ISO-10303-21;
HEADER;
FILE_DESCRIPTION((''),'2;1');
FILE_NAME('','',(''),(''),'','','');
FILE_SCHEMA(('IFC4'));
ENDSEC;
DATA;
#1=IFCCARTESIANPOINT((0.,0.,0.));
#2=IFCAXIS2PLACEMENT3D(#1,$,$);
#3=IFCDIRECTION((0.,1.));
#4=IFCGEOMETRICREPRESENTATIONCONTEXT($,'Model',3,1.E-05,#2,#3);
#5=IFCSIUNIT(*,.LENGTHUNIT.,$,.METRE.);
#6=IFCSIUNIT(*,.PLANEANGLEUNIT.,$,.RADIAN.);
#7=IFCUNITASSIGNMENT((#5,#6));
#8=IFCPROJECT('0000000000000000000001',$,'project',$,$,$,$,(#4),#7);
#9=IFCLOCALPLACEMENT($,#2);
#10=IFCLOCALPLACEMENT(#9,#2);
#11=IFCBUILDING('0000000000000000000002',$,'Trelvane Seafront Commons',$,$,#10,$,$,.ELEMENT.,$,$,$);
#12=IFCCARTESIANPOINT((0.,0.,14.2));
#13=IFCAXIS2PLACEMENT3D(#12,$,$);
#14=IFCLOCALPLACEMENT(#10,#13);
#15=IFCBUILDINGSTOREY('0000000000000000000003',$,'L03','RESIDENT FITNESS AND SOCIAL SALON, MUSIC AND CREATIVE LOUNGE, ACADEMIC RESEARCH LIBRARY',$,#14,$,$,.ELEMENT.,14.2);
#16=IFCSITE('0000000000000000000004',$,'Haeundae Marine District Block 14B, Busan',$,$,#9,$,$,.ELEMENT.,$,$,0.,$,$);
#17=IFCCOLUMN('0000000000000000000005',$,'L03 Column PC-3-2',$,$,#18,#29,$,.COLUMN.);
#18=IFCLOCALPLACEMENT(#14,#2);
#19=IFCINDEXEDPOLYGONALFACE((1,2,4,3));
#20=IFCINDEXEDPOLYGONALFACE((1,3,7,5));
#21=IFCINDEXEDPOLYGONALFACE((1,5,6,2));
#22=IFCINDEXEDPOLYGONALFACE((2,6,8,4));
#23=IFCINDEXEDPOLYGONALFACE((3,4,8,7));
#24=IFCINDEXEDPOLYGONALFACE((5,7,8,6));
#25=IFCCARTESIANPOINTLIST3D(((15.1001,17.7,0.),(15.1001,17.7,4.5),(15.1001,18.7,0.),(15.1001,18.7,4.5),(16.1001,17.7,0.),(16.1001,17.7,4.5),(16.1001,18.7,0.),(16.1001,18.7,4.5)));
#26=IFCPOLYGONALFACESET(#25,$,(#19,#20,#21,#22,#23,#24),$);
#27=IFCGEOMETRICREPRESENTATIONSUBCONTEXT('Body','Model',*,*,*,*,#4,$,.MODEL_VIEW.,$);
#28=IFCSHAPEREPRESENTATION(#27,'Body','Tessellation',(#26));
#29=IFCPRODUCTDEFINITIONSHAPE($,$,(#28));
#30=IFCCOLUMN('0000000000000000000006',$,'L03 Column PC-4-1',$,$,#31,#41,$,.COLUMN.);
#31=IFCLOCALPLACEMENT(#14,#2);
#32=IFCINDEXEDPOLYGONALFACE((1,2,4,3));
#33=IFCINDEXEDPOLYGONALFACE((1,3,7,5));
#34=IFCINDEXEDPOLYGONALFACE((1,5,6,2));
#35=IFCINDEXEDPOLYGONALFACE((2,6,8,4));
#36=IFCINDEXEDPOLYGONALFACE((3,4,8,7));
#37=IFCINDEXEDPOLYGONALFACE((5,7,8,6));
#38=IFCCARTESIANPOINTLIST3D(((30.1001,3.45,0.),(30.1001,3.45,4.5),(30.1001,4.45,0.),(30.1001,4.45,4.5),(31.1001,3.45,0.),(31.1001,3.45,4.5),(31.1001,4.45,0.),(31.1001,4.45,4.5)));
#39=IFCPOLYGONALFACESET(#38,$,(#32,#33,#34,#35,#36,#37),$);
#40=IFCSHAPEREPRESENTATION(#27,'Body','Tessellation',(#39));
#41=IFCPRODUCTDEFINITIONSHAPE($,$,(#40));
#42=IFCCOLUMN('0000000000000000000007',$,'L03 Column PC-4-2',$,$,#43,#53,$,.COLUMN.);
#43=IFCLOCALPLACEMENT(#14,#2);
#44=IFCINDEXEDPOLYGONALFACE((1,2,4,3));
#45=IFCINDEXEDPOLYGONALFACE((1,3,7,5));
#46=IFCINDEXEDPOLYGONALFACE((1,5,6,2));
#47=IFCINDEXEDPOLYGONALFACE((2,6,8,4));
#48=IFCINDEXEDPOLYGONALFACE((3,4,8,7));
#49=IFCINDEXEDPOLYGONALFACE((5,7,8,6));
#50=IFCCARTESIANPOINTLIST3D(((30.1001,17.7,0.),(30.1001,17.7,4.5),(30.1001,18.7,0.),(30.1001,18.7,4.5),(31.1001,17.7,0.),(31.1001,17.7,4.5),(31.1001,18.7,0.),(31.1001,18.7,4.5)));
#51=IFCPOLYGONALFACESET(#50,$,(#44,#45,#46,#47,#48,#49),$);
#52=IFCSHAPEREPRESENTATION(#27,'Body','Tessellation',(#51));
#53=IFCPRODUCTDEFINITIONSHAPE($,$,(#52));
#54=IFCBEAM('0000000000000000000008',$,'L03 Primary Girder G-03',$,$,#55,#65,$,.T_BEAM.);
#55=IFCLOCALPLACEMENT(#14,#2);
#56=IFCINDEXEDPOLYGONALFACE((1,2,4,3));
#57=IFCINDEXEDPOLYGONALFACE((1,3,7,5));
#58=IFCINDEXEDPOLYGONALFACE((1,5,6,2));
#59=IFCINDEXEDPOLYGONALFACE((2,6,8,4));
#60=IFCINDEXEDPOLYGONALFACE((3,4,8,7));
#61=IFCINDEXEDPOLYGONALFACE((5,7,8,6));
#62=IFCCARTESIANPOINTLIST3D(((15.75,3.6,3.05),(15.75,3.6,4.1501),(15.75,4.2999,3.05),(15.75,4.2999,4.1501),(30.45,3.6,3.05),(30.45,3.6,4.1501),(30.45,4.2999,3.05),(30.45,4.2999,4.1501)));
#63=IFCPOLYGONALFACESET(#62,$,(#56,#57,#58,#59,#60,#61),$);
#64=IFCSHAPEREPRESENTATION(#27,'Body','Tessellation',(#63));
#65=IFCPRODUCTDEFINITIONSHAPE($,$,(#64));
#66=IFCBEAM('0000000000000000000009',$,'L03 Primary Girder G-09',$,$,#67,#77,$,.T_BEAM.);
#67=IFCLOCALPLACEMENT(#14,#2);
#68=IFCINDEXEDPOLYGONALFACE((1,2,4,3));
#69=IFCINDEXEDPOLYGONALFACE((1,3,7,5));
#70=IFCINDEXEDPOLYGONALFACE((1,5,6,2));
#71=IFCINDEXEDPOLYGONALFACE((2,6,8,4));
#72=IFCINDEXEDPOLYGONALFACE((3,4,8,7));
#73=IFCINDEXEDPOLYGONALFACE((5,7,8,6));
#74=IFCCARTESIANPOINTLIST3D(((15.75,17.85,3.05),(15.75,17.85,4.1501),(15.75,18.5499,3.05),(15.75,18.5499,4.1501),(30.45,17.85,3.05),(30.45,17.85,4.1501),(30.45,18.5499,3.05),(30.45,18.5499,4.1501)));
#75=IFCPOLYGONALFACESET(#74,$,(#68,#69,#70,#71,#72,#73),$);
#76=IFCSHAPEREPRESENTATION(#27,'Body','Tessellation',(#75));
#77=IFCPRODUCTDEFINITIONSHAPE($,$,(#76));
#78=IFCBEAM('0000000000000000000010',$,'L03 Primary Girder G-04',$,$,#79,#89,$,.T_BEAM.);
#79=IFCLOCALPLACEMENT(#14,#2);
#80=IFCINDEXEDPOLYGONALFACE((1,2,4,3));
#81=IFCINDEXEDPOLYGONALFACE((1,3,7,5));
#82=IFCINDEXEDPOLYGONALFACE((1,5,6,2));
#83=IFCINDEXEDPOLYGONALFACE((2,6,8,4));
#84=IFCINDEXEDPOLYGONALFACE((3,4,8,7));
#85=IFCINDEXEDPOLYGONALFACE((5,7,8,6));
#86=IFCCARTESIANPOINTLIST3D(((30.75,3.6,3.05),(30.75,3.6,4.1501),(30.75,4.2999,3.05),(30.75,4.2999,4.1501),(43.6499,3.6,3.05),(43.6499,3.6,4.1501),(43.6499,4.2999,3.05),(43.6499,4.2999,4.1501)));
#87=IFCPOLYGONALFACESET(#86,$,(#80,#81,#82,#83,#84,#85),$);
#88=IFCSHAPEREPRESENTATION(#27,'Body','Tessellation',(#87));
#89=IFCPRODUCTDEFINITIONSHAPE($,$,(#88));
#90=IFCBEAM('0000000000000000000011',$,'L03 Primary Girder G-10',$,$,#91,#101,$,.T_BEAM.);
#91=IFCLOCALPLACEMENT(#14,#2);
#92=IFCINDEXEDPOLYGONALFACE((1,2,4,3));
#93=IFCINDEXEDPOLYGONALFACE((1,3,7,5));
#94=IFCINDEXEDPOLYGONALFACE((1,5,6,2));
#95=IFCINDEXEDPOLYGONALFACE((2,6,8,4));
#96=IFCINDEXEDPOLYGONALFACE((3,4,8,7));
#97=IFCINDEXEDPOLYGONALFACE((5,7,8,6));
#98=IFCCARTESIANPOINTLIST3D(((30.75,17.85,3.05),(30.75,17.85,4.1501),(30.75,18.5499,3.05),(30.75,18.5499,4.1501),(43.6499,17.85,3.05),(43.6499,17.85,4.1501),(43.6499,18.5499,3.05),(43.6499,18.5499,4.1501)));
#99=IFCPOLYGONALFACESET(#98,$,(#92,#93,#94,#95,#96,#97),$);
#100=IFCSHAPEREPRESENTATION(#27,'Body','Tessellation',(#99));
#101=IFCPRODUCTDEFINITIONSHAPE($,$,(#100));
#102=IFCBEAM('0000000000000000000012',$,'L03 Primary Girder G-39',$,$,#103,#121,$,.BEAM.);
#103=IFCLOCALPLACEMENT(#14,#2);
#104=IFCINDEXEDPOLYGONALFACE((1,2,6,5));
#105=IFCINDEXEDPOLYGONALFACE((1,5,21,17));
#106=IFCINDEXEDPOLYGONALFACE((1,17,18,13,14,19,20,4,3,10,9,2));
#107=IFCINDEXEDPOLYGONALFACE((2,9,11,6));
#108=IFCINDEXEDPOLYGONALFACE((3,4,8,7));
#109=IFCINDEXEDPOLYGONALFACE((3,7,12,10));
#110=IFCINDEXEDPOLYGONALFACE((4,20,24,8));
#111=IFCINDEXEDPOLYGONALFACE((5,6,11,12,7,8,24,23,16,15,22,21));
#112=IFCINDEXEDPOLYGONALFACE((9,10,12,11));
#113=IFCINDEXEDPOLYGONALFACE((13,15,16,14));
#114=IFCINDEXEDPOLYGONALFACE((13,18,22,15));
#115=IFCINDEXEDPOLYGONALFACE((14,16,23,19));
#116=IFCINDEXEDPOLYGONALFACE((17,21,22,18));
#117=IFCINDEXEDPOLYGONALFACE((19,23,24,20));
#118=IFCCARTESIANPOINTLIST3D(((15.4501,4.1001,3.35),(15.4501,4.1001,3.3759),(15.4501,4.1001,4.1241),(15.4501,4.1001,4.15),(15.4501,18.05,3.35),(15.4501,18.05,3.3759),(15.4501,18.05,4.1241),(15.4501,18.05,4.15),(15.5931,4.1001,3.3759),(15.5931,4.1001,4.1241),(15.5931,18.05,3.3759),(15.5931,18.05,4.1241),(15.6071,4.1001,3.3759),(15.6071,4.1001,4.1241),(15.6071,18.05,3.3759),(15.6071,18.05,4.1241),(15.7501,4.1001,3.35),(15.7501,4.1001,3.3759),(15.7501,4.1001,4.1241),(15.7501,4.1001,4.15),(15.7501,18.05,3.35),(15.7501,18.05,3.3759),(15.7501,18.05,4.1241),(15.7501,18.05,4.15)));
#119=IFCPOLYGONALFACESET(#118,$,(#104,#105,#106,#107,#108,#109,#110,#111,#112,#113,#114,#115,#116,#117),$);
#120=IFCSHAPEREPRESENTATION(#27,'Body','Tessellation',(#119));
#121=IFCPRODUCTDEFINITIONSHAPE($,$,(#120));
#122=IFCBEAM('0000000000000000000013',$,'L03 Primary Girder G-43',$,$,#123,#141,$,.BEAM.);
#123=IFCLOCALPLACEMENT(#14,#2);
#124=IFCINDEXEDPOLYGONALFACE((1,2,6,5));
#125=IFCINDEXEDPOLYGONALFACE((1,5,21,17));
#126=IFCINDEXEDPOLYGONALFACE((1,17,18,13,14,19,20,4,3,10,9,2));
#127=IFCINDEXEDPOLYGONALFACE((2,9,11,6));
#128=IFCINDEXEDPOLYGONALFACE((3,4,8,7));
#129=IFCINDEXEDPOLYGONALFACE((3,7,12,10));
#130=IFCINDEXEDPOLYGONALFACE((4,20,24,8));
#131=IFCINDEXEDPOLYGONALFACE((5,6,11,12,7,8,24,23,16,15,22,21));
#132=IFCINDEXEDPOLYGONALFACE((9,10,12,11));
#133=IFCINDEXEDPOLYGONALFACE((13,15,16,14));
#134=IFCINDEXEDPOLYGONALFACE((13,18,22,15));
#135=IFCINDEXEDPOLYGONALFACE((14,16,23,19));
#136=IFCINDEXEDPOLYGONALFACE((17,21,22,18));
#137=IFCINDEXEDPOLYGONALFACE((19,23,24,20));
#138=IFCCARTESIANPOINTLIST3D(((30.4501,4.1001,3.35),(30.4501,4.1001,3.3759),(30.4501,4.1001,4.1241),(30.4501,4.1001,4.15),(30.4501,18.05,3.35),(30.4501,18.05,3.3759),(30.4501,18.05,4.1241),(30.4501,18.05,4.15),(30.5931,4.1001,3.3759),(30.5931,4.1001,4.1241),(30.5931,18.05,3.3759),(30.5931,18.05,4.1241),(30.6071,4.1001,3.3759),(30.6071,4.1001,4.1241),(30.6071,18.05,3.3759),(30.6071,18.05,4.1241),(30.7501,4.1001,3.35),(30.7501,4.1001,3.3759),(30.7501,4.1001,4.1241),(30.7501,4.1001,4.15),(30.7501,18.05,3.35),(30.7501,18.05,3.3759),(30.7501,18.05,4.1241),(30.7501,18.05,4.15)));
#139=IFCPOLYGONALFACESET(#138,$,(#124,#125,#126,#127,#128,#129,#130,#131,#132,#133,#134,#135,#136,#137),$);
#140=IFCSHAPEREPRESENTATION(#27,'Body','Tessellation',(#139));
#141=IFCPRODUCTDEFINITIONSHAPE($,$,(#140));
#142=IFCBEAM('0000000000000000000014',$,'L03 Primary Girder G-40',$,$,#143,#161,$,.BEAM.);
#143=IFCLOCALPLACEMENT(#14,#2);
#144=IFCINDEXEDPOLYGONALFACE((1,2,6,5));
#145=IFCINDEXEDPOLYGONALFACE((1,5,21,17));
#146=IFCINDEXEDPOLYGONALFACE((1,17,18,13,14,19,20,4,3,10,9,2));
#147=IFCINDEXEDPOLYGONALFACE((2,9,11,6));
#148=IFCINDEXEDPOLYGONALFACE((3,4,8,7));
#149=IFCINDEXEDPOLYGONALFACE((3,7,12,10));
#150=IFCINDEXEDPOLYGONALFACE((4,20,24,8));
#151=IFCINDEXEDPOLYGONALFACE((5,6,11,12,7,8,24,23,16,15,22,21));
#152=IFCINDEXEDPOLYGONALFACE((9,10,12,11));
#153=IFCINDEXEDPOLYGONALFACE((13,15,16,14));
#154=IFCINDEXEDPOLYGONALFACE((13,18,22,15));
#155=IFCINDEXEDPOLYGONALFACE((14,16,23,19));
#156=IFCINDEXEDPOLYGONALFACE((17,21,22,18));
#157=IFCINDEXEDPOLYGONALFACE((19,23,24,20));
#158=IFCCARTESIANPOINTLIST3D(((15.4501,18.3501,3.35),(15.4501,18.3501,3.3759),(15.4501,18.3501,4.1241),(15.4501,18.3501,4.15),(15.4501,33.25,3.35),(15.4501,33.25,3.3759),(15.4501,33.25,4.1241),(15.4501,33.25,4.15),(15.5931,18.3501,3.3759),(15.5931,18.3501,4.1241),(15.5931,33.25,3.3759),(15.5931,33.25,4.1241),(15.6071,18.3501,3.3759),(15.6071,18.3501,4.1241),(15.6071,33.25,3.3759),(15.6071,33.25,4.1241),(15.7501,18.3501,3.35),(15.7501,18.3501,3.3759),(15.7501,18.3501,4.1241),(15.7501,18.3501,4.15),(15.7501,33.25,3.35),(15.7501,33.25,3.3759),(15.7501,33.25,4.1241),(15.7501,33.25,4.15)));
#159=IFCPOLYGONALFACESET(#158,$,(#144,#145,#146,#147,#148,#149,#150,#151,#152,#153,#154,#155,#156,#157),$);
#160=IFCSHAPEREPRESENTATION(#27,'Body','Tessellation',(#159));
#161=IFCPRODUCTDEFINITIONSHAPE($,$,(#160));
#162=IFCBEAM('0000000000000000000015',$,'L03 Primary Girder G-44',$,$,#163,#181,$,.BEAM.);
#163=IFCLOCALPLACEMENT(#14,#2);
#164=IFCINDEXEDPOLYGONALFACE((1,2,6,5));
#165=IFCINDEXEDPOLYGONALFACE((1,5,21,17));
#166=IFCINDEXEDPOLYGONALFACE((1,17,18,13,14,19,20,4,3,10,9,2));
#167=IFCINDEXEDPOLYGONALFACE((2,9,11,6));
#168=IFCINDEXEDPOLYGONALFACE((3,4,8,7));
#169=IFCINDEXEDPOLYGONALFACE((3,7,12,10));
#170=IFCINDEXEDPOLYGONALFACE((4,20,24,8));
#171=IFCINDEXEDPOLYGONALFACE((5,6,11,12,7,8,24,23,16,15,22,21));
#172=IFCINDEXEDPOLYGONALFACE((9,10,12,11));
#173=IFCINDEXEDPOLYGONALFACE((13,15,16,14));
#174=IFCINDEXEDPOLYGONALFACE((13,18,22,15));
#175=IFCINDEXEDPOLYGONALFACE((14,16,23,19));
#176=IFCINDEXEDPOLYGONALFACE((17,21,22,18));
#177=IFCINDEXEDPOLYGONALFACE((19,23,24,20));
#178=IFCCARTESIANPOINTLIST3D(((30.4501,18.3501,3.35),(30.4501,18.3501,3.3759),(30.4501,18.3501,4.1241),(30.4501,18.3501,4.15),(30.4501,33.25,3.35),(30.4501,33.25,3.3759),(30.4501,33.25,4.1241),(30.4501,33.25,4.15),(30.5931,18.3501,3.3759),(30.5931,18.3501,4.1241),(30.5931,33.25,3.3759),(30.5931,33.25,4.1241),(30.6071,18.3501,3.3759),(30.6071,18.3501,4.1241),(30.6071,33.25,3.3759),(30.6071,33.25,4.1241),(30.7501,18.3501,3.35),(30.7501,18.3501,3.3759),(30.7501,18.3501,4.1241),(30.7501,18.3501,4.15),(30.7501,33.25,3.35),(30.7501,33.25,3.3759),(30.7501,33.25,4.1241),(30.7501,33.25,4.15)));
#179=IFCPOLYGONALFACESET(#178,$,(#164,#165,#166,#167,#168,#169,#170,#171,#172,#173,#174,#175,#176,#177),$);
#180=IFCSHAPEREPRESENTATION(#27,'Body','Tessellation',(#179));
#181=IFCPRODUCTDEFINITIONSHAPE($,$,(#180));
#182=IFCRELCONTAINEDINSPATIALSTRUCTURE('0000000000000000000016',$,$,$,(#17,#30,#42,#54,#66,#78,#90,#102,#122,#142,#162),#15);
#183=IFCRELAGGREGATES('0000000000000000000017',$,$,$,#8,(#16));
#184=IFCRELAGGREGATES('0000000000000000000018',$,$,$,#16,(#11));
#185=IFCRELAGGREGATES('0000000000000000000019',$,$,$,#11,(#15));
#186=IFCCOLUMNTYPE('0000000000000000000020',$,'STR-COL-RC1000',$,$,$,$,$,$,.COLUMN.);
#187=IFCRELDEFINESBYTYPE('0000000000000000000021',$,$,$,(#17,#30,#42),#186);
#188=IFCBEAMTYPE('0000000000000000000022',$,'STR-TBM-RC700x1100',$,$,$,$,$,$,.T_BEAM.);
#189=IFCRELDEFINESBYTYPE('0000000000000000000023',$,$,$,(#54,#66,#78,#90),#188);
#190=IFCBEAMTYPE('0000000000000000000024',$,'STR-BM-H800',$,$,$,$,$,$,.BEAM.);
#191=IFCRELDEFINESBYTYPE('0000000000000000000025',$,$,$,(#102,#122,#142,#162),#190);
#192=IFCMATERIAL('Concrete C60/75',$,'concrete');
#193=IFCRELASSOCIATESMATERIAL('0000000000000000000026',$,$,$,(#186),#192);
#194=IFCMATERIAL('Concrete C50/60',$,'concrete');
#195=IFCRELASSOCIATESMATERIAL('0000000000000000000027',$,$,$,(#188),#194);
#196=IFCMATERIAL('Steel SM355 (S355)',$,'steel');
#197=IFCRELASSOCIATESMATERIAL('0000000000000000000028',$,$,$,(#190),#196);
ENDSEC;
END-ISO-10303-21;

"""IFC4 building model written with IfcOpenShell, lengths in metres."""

from ifc_helpers import new_model, si_unit, direction, frame, origin, origin_2d, place, context, subcontext, project, spatial, rectangle, i_section, extrude, source, transform, mapped, material, material_profile, profile_set, type_object, element, save


model = new_model("IFC4")

# Units and contexts
model_context = context("Model", 3, precision=1e-05, world=origin(), true_north=direction((0.0, 1.0)))
body_context = subcontext(model_context, "Body", "Model", "MODEL_VIEW")
ifc_project = project(units=[si_unit("LENGTHUNIT", "METRE"), si_unit("PLANEANGLEUNIT", "RADIAN")], contexts=[model_context])

# Site, building, storey
site_placement = place(None, origin())
site = spatial("IfcSite", under=ifc_project, at=site_placement, Name="Haeundae Marine District Block 14B, Busan", CompositionType="ELEMENT", RefElevation=0.0)
building_placement = place(site_placement, origin())
building = spatial("IfcBuilding", under=site, at=building_placement, Name="Trelvane Seafront Commons", CompositionType="ELEMENT")
storey_placement = place(building_placement, frame((0.0, 0.0, 14.2)))
storey = spatial("IfcBuildingStorey", under=building, at=storey_placement, Name="L03", Description="RESIDENT FITNESS AND SOCIAL SALON, MUSIC AND CREATIVE LOUNGE, ACADEMIC RESEARCH LIBRARY", CompositionType="ELEMENT", Elevation=14.2)

# Columns
ifc_material_1 = material(Name="Concrete C60/75", Category="concrete")
ifc_material_profile_1 = material_profile(ifc_material_1, rectangle(XDim=1.0, YDim=1.0, at=origin_2d()), Name="RC-1000x1000")
ifc_profile_set_1 = profile_set([ifc_material_profile_1], Name="Concrete C60/75")
column_type = type_object("IfcColumnType", Name="STR-COL-RC1000", PredefinedType="COLUMN", material=ifc_profile_set_1)
shared_shape_1 = source(origin(), body_context, "Body", "SweptSolid", [
    extrude(rectangle(XDim=1.0, YDim=1.0, at=origin_2d()), origin(), (0.0, 0.0, 1.0), 4.5),
])
for number, where, z_axis, x_axis, name in (
    (1, (15.6001, 18.2, 0.0), (0.0, 0.0, 1.0), (1.0, 0.0, 0.0), "L03 Column PC-3-2"),
    (2, (30.6001, 3.95, 0.0), (0.0, 0.0, 1.0), (1.0, 0.0, 0.0), "L03 Column PC-4-1"),
    (3, (30.6001, 18.2, 0.0), (0.0, 0.0, 1.0), (1.0, 0.0, 0.0), "L03 Column PC-4-2"),
):
    element("IfcColumn", number, at=place(storey_placement, frame(where, z_axis=z_axis, x_axis=x_axis)), inside=storey, type_object=column_type, Name=name, PredefinedType="COLUMN", context=body_context, shape_type="MappedRepresentation", body=[
        mapped(shared_shape_1, transform((0.0, 0.0, 0.0), x_axis=(1.0, 0.0, 0.0), y_axis=(0.0, 1.0, 0.0), z_axis=(0.0, 0.0, 1.0), scale=1.0)),
    ])

# Beams
ifc_material_2 = material(Name="Concrete C50/60", Category="concrete")
ifc_material_profile_2 = material_profile(ifc_material_2, rectangle(XDim=0.7, YDim=1.1001, at=origin_2d()), Name="RC-700x1100")
ifc_profile_set_2 = profile_set([ifc_material_profile_2], Name="Concrete C50/60")
beam_type_1 = type_object("IfcBeamType", Name="STR-TBM-RC700x1100", PredefinedType="T_BEAM", material=ifc_profile_set_2)
shared_shape_2 = source(origin(), body_context, "Body", "SweptSolid", [
    extrude(rectangle(XDim=0.7, YDim=1.1001, at=origin_2d()), origin(), (0.0, 0.0, 1.0), 14.7),
])
for number, where, z_axis, x_axis, name in (
    (4, (15.75, 3.95, 3.6001), (1.0, 0.0, 0.0), (0.0, 1.0, 0.0), "L03 Primary Girder G-03"),
    (5, (15.75, 18.2, 3.6001), (1.0, 0.0, 0.0), (0.0, 1.0, 0.0), "L03 Primary Girder G-09"),
):
    element("IfcBeam", number, at=place(storey_placement, frame(where, z_axis=z_axis, x_axis=x_axis)), inside=storey, type_object=beam_type_1, Name=name, PredefinedType="T_BEAM", context=body_context, shape_type="MappedRepresentation", body=[
        mapped(shared_shape_2, transform((0.0, 0.0, 0.0), x_axis=(1.0, 0.0, 0.0), y_axis=(0.0, 1.0, 0.0), z_axis=(0.0, 0.0, 1.0), scale=1.0)),
    ])
shared_shape_3 = source(origin(), body_context, "Body", "SweptSolid", [
    extrude(rectangle(XDim=0.7, YDim=1.1001, at=origin_2d()), origin(), (0.0, 0.0, 1.0), 12.8999),
])
for number, where, z_axis, x_axis, name in (
    (6, (30.75, 3.95, 3.6001), (1.0, 0.0, 0.0), (0.0, 1.0, 0.0), "L03 Primary Girder G-04"),
    (7, (30.75, 18.2, 3.6001), (1.0, 0.0, 0.0), (0.0, 1.0, 0.0), "L03 Primary Girder G-10"),
):
    element("IfcBeam", number, at=place(storey_placement, frame(where, z_axis=z_axis, x_axis=x_axis)), inside=storey, type_object=beam_type_1, Name=name, PredefinedType="T_BEAM", context=body_context, shape_type="MappedRepresentation", body=[
        mapped(shared_shape_3, transform((0.0, 0.0, 0.0), x_axis=(1.0, 0.0, 0.0), y_axis=(0.0, 1.0, 0.0), z_axis=(0.0, 0.0, 1.0), scale=1.0)),
    ])
ifc_material_3 = material(Name="Steel SM355 (S355)", Category="steel")
ifc_material_profile_3 = material_profile(ifc_material_3, i_section(OverallWidth=0.3, OverallDepth=0.8, WebThickness=0.0139, FlangeThickness=0.0259, at=origin_2d()), Name="H-800x300x14x26")
ifc_profile_set_3 = profile_set([ifc_material_profile_3], Name="Steel SM355 (S355)")
beam_type_2 = type_object("IfcBeamType", Name="STR-BM-H800", PredefinedType="BEAM", material=ifc_profile_set_3)
shared_shape_4 = source(origin(), body_context, "Body", "SweptSolid", [
    extrude(i_section(OverallWidth=0.3, OverallDepth=0.8, WebThickness=0.0139, FlangeThickness=0.0259, at=origin_2d()), origin(), (0.0, 0.0, 1.0), 13.95),
])
for number, where, z_axis, x_axis, name in (
    (8, (15.6001, 4.1001, 3.75), (0.0, 1.0, 0.0), (-1.0, 0.0, 0.0), "L03 Primary Girder G-39"),
    (9, (30.6001, 4.1001, 3.75), (0.0, 1.0, 0.0), (-1.0, 0.0, 0.0), "L03 Primary Girder G-43"),
):
    element("IfcBeam", number, at=place(storey_placement, frame(where, z_axis=z_axis, x_axis=x_axis)), inside=storey, type_object=beam_type_2, Name=name, PredefinedType="BEAM", context=body_context, shape_type="MappedRepresentation", body=[
        mapped(shared_shape_4, transform((0.0, 0.0, 0.0), x_axis=(1.0, 0.0, 0.0), y_axis=(0.0, 1.0, 0.0), z_axis=(0.0, 0.0, 1.0), scale=1.0)),
    ])
shared_shape_5 = source(origin(), body_context, "Body", "SweptSolid", [
    extrude(i_section(OverallWidth=0.3, OverallDepth=0.8, WebThickness=0.0139, FlangeThickness=0.0259, at=origin_2d()), origin(), (0.0, 0.0, 1.0), 14.8999),
])
for number, where, z_axis, x_axis, name in (
    (10, (15.6001, 18.3501, 3.75), (0.0, 1.0, 0.0), (-1.0, 0.0, 0.0), "L03 Primary Girder G-40"),
    (11, (30.6001, 18.3501, 3.75), (0.0, 1.0, 0.0), (-1.0, 0.0, 0.0), "L03 Primary Girder G-44"),
):
    element("IfcBeam", number, at=place(storey_placement, frame(where, z_axis=z_axis, x_axis=x_axis)), inside=storey, type_object=beam_type_2, Name=name, PredefinedType="BEAM", context=body_context, shape_type="MappedRepresentation", body=[
        mapped(shared_shape_5, transform((0.0, 0.0, 0.0), x_axis=(1.0, 0.0, 0.0), y_axis=(0.0, 1.0, 0.0), z_axis=(0.0, 0.0, 1.0), scale=1.0)),
    ])

save(model, "model.ifc")
